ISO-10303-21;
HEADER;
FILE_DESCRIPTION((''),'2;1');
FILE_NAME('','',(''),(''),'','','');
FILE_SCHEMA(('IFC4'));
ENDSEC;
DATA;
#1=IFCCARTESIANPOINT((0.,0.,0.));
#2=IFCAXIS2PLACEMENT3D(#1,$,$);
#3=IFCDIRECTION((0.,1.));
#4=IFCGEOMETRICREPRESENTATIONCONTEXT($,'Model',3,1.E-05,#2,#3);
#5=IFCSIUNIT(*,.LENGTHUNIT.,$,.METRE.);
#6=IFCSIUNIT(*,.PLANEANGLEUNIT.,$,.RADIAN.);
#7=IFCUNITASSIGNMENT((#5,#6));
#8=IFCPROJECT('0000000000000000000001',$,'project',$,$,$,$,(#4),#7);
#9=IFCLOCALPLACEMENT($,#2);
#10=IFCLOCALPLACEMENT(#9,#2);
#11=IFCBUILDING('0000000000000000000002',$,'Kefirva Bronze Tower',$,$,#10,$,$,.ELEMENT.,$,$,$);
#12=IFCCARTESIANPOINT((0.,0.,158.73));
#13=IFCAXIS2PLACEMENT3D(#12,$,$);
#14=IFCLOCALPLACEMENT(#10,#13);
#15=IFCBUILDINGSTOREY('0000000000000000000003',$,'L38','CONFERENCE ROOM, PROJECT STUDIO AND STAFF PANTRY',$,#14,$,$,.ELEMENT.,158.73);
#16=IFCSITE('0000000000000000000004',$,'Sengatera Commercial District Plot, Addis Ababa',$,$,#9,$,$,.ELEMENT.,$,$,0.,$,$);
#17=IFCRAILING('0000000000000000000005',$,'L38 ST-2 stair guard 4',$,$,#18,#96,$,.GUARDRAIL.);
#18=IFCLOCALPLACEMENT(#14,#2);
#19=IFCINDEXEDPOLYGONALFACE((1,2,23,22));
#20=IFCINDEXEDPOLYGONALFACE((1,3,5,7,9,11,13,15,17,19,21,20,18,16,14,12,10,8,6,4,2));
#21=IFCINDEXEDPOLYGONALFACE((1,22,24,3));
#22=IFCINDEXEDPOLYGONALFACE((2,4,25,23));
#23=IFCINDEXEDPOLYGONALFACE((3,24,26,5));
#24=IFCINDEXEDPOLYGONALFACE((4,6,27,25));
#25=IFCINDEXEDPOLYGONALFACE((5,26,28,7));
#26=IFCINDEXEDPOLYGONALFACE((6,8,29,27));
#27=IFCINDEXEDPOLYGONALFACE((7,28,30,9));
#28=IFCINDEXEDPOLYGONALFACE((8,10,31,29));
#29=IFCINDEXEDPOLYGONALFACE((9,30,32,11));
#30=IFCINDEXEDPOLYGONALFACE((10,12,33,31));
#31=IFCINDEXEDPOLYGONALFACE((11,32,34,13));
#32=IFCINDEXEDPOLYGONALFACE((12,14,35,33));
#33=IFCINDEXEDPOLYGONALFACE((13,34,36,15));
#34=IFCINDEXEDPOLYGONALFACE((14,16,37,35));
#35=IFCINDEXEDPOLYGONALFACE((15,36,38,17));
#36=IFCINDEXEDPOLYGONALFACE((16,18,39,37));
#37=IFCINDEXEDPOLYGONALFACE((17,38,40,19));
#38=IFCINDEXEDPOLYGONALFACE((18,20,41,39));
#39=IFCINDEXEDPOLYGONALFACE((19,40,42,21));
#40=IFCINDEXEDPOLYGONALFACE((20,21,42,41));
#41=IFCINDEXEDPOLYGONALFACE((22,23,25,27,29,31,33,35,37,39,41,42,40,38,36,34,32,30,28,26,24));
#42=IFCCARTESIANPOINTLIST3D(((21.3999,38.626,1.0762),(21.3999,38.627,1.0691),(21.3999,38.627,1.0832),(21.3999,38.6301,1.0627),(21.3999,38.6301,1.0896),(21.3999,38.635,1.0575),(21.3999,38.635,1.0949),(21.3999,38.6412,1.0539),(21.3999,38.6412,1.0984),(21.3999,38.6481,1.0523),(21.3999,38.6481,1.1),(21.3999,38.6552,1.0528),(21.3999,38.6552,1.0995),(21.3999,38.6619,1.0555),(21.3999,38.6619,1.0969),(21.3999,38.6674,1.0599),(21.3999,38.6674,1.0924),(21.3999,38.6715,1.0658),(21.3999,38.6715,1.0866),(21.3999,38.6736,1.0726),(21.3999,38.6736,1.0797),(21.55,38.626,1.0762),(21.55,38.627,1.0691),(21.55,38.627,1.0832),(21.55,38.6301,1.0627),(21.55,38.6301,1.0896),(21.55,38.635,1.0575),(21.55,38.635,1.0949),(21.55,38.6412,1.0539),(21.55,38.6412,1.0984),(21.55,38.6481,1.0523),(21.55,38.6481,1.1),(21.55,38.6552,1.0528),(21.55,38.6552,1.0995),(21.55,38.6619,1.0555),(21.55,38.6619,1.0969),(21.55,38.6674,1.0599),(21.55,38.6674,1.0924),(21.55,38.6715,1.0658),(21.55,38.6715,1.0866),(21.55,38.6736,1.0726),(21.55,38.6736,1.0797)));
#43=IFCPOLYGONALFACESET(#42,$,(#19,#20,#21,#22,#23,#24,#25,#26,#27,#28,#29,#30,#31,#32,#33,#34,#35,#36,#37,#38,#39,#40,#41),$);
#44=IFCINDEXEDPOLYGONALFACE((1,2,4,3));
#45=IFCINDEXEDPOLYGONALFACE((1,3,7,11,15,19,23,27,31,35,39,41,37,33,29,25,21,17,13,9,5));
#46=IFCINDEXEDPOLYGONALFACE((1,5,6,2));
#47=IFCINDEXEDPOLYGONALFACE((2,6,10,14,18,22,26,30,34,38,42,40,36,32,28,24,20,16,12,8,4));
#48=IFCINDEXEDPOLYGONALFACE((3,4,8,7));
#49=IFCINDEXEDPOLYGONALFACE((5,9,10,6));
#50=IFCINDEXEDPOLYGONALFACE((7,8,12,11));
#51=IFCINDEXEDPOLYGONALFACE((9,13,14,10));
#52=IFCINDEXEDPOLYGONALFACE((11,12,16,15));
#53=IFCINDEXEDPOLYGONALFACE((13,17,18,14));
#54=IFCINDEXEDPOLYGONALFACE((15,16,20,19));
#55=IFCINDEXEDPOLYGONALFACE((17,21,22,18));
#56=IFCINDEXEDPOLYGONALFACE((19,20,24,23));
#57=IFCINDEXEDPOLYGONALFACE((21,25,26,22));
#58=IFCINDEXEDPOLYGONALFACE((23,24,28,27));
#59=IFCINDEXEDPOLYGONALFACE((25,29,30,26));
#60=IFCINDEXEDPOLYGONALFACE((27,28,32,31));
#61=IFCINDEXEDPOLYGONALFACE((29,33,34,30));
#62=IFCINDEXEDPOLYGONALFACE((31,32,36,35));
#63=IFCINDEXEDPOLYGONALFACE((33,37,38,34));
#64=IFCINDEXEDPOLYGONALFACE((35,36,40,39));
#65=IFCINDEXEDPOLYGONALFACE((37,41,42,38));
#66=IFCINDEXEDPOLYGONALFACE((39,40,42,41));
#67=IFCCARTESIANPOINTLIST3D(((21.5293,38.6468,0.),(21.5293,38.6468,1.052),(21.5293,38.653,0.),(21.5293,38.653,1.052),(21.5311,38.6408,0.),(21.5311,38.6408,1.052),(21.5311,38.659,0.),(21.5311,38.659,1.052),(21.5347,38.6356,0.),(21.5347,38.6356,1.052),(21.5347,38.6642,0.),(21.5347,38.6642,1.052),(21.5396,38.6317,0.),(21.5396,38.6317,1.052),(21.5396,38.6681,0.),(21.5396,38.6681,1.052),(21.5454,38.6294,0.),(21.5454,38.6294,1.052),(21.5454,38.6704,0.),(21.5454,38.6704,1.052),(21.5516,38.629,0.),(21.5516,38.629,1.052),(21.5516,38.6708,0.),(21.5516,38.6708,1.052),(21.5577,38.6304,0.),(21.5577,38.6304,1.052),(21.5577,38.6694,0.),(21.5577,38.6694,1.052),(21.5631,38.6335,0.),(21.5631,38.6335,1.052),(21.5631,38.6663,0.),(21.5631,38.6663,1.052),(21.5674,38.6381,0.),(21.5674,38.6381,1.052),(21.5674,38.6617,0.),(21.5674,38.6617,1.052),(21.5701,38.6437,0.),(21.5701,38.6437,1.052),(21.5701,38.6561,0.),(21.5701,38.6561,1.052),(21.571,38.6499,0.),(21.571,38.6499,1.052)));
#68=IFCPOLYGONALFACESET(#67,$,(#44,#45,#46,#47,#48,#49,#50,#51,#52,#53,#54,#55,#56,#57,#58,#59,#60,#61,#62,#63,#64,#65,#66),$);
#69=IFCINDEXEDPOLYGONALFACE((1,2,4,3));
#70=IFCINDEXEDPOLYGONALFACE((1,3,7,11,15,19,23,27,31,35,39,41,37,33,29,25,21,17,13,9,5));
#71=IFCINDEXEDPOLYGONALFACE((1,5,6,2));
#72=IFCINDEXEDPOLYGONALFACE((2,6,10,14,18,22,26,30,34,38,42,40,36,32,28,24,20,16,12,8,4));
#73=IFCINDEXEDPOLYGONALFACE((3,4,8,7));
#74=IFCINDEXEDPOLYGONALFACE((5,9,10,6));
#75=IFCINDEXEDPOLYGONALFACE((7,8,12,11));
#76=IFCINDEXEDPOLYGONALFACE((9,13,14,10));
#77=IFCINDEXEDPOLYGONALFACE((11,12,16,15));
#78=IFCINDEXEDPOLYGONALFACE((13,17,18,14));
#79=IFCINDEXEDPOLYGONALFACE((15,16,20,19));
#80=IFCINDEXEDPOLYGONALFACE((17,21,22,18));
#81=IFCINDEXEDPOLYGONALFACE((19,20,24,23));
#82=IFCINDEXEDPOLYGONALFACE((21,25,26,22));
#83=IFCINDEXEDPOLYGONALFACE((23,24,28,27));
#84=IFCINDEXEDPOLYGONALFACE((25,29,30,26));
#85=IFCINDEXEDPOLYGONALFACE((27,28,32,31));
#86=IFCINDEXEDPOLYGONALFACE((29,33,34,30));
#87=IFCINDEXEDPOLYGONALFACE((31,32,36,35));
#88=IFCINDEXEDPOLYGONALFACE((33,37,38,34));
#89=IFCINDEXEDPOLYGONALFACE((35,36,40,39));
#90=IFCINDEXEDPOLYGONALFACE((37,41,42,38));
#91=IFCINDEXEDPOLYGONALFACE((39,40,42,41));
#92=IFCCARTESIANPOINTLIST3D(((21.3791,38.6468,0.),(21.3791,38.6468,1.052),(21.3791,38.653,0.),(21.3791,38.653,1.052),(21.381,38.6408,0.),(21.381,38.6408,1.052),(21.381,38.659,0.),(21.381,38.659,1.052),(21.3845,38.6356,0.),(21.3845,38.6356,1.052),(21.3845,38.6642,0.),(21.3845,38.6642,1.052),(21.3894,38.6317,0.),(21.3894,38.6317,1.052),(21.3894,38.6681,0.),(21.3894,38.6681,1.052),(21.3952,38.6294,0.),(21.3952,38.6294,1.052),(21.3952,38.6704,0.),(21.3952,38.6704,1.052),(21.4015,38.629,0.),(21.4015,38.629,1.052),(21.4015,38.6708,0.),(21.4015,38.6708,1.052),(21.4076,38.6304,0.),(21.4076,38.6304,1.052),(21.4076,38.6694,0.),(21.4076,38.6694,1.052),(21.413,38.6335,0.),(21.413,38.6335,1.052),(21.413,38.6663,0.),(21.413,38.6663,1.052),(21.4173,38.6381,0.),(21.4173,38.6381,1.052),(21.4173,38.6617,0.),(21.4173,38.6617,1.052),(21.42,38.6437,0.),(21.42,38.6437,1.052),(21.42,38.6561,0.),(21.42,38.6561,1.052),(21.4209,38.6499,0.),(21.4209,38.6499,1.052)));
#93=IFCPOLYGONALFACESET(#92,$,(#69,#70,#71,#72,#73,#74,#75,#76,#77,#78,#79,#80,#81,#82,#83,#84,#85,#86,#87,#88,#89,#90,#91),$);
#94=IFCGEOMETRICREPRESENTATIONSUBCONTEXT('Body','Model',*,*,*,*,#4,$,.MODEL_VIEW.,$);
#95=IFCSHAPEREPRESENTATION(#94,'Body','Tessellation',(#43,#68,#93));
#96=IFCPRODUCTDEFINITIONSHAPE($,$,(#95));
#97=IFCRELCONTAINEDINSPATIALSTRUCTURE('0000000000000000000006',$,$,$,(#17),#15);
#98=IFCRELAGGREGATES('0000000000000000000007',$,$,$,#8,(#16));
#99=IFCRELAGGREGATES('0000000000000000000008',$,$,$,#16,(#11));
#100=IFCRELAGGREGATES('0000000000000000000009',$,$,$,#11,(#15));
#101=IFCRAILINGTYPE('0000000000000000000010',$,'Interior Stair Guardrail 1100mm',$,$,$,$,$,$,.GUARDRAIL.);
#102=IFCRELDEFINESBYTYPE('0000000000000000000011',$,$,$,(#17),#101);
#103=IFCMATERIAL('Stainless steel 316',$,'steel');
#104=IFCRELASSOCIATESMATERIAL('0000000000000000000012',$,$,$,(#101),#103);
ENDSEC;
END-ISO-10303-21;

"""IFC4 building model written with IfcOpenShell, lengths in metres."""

from ifc_helpers import new_model, si_unit, direction, frame, origin, origin_2d, place, context, subcontext, project, spatial, circle, extrude, material, type_object, element, save


model = new_model("IFC4")

# Units and contexts
model_context = context("Model", 3, precision=1e-05, world=origin(), true_north=direction((0.0, 1.0)))
body_context = subcontext(model_context, "Body", "Model", "MODEL_VIEW")
ifc_project = project(units=[si_unit("LENGTHUNIT", "METRE"), si_unit("PLANEANGLEUNIT", "RADIAN")], contexts=[model_context])

# Site, building, storey
site_placement = place(None, origin())
site = spatial("IfcSite", under=ifc_project, at=site_placement, Name="Sengatera Commercial District Plot, Addis Ababa", CompositionType="ELEMENT", RefElevation=0.0)
building_placement = place(site_placement, origin())
building = spatial("IfcBuilding", under=site, at=building_placement, Name="Kefirva Bronze Tower", CompositionType="ELEMENT")
storey_placement = place(building_placement, frame((0.0, 0.0, 158.73)))
storey = spatial("IfcBuildingStorey", under=building, at=storey_placement, Name="L38", Description="CONFERENCE ROOM, PROJECT STUDIO AND STAFF PANTRY", CompositionType="ELEMENT", Elevation=158.73)

# Railing
ifc_material_1 = material(Name="Stainless steel 316", Category="steel")
railing_type_1 = type_object("IfcRailingType", Name="Interior Stair Guardrail 1100mm", PredefinedType="GUARDRAIL", material=ifc_material_1)
railing_1_placement = place(storey_placement, frame((21.55, 38.6499, 0.0)))
element("IfcRailing", 1, at=railing_1_placement, inside=storey, type_object=railing_type_1, Name="L38 ST-2 stair guard 4", PredefinedType="GUARDRAIL", context=body_context, shape_type="SweptSolid", body=[
    extrude(circle(Radius=0.0239, at=origin_2d()), frame((0.0, 0.0, 1.0762), z_axis=(-1.0, 0.0, 0.0), x_axis=(0.0, -1.0, 0.0)), (0.0, 0.0, 1.0), 0.1501),
    extrude(circle(Radius=0.021, at=origin_2d()), origin(), (0.0, 0.0, 1.0), 1.052),
    extrude(circle(Radius=0.021, at=origin_2d()), frame((-0.1501, 0.0, 0.0)), (0.0, 0.0, 1.0), 1.052),
])

save(model, "model.ifc")
